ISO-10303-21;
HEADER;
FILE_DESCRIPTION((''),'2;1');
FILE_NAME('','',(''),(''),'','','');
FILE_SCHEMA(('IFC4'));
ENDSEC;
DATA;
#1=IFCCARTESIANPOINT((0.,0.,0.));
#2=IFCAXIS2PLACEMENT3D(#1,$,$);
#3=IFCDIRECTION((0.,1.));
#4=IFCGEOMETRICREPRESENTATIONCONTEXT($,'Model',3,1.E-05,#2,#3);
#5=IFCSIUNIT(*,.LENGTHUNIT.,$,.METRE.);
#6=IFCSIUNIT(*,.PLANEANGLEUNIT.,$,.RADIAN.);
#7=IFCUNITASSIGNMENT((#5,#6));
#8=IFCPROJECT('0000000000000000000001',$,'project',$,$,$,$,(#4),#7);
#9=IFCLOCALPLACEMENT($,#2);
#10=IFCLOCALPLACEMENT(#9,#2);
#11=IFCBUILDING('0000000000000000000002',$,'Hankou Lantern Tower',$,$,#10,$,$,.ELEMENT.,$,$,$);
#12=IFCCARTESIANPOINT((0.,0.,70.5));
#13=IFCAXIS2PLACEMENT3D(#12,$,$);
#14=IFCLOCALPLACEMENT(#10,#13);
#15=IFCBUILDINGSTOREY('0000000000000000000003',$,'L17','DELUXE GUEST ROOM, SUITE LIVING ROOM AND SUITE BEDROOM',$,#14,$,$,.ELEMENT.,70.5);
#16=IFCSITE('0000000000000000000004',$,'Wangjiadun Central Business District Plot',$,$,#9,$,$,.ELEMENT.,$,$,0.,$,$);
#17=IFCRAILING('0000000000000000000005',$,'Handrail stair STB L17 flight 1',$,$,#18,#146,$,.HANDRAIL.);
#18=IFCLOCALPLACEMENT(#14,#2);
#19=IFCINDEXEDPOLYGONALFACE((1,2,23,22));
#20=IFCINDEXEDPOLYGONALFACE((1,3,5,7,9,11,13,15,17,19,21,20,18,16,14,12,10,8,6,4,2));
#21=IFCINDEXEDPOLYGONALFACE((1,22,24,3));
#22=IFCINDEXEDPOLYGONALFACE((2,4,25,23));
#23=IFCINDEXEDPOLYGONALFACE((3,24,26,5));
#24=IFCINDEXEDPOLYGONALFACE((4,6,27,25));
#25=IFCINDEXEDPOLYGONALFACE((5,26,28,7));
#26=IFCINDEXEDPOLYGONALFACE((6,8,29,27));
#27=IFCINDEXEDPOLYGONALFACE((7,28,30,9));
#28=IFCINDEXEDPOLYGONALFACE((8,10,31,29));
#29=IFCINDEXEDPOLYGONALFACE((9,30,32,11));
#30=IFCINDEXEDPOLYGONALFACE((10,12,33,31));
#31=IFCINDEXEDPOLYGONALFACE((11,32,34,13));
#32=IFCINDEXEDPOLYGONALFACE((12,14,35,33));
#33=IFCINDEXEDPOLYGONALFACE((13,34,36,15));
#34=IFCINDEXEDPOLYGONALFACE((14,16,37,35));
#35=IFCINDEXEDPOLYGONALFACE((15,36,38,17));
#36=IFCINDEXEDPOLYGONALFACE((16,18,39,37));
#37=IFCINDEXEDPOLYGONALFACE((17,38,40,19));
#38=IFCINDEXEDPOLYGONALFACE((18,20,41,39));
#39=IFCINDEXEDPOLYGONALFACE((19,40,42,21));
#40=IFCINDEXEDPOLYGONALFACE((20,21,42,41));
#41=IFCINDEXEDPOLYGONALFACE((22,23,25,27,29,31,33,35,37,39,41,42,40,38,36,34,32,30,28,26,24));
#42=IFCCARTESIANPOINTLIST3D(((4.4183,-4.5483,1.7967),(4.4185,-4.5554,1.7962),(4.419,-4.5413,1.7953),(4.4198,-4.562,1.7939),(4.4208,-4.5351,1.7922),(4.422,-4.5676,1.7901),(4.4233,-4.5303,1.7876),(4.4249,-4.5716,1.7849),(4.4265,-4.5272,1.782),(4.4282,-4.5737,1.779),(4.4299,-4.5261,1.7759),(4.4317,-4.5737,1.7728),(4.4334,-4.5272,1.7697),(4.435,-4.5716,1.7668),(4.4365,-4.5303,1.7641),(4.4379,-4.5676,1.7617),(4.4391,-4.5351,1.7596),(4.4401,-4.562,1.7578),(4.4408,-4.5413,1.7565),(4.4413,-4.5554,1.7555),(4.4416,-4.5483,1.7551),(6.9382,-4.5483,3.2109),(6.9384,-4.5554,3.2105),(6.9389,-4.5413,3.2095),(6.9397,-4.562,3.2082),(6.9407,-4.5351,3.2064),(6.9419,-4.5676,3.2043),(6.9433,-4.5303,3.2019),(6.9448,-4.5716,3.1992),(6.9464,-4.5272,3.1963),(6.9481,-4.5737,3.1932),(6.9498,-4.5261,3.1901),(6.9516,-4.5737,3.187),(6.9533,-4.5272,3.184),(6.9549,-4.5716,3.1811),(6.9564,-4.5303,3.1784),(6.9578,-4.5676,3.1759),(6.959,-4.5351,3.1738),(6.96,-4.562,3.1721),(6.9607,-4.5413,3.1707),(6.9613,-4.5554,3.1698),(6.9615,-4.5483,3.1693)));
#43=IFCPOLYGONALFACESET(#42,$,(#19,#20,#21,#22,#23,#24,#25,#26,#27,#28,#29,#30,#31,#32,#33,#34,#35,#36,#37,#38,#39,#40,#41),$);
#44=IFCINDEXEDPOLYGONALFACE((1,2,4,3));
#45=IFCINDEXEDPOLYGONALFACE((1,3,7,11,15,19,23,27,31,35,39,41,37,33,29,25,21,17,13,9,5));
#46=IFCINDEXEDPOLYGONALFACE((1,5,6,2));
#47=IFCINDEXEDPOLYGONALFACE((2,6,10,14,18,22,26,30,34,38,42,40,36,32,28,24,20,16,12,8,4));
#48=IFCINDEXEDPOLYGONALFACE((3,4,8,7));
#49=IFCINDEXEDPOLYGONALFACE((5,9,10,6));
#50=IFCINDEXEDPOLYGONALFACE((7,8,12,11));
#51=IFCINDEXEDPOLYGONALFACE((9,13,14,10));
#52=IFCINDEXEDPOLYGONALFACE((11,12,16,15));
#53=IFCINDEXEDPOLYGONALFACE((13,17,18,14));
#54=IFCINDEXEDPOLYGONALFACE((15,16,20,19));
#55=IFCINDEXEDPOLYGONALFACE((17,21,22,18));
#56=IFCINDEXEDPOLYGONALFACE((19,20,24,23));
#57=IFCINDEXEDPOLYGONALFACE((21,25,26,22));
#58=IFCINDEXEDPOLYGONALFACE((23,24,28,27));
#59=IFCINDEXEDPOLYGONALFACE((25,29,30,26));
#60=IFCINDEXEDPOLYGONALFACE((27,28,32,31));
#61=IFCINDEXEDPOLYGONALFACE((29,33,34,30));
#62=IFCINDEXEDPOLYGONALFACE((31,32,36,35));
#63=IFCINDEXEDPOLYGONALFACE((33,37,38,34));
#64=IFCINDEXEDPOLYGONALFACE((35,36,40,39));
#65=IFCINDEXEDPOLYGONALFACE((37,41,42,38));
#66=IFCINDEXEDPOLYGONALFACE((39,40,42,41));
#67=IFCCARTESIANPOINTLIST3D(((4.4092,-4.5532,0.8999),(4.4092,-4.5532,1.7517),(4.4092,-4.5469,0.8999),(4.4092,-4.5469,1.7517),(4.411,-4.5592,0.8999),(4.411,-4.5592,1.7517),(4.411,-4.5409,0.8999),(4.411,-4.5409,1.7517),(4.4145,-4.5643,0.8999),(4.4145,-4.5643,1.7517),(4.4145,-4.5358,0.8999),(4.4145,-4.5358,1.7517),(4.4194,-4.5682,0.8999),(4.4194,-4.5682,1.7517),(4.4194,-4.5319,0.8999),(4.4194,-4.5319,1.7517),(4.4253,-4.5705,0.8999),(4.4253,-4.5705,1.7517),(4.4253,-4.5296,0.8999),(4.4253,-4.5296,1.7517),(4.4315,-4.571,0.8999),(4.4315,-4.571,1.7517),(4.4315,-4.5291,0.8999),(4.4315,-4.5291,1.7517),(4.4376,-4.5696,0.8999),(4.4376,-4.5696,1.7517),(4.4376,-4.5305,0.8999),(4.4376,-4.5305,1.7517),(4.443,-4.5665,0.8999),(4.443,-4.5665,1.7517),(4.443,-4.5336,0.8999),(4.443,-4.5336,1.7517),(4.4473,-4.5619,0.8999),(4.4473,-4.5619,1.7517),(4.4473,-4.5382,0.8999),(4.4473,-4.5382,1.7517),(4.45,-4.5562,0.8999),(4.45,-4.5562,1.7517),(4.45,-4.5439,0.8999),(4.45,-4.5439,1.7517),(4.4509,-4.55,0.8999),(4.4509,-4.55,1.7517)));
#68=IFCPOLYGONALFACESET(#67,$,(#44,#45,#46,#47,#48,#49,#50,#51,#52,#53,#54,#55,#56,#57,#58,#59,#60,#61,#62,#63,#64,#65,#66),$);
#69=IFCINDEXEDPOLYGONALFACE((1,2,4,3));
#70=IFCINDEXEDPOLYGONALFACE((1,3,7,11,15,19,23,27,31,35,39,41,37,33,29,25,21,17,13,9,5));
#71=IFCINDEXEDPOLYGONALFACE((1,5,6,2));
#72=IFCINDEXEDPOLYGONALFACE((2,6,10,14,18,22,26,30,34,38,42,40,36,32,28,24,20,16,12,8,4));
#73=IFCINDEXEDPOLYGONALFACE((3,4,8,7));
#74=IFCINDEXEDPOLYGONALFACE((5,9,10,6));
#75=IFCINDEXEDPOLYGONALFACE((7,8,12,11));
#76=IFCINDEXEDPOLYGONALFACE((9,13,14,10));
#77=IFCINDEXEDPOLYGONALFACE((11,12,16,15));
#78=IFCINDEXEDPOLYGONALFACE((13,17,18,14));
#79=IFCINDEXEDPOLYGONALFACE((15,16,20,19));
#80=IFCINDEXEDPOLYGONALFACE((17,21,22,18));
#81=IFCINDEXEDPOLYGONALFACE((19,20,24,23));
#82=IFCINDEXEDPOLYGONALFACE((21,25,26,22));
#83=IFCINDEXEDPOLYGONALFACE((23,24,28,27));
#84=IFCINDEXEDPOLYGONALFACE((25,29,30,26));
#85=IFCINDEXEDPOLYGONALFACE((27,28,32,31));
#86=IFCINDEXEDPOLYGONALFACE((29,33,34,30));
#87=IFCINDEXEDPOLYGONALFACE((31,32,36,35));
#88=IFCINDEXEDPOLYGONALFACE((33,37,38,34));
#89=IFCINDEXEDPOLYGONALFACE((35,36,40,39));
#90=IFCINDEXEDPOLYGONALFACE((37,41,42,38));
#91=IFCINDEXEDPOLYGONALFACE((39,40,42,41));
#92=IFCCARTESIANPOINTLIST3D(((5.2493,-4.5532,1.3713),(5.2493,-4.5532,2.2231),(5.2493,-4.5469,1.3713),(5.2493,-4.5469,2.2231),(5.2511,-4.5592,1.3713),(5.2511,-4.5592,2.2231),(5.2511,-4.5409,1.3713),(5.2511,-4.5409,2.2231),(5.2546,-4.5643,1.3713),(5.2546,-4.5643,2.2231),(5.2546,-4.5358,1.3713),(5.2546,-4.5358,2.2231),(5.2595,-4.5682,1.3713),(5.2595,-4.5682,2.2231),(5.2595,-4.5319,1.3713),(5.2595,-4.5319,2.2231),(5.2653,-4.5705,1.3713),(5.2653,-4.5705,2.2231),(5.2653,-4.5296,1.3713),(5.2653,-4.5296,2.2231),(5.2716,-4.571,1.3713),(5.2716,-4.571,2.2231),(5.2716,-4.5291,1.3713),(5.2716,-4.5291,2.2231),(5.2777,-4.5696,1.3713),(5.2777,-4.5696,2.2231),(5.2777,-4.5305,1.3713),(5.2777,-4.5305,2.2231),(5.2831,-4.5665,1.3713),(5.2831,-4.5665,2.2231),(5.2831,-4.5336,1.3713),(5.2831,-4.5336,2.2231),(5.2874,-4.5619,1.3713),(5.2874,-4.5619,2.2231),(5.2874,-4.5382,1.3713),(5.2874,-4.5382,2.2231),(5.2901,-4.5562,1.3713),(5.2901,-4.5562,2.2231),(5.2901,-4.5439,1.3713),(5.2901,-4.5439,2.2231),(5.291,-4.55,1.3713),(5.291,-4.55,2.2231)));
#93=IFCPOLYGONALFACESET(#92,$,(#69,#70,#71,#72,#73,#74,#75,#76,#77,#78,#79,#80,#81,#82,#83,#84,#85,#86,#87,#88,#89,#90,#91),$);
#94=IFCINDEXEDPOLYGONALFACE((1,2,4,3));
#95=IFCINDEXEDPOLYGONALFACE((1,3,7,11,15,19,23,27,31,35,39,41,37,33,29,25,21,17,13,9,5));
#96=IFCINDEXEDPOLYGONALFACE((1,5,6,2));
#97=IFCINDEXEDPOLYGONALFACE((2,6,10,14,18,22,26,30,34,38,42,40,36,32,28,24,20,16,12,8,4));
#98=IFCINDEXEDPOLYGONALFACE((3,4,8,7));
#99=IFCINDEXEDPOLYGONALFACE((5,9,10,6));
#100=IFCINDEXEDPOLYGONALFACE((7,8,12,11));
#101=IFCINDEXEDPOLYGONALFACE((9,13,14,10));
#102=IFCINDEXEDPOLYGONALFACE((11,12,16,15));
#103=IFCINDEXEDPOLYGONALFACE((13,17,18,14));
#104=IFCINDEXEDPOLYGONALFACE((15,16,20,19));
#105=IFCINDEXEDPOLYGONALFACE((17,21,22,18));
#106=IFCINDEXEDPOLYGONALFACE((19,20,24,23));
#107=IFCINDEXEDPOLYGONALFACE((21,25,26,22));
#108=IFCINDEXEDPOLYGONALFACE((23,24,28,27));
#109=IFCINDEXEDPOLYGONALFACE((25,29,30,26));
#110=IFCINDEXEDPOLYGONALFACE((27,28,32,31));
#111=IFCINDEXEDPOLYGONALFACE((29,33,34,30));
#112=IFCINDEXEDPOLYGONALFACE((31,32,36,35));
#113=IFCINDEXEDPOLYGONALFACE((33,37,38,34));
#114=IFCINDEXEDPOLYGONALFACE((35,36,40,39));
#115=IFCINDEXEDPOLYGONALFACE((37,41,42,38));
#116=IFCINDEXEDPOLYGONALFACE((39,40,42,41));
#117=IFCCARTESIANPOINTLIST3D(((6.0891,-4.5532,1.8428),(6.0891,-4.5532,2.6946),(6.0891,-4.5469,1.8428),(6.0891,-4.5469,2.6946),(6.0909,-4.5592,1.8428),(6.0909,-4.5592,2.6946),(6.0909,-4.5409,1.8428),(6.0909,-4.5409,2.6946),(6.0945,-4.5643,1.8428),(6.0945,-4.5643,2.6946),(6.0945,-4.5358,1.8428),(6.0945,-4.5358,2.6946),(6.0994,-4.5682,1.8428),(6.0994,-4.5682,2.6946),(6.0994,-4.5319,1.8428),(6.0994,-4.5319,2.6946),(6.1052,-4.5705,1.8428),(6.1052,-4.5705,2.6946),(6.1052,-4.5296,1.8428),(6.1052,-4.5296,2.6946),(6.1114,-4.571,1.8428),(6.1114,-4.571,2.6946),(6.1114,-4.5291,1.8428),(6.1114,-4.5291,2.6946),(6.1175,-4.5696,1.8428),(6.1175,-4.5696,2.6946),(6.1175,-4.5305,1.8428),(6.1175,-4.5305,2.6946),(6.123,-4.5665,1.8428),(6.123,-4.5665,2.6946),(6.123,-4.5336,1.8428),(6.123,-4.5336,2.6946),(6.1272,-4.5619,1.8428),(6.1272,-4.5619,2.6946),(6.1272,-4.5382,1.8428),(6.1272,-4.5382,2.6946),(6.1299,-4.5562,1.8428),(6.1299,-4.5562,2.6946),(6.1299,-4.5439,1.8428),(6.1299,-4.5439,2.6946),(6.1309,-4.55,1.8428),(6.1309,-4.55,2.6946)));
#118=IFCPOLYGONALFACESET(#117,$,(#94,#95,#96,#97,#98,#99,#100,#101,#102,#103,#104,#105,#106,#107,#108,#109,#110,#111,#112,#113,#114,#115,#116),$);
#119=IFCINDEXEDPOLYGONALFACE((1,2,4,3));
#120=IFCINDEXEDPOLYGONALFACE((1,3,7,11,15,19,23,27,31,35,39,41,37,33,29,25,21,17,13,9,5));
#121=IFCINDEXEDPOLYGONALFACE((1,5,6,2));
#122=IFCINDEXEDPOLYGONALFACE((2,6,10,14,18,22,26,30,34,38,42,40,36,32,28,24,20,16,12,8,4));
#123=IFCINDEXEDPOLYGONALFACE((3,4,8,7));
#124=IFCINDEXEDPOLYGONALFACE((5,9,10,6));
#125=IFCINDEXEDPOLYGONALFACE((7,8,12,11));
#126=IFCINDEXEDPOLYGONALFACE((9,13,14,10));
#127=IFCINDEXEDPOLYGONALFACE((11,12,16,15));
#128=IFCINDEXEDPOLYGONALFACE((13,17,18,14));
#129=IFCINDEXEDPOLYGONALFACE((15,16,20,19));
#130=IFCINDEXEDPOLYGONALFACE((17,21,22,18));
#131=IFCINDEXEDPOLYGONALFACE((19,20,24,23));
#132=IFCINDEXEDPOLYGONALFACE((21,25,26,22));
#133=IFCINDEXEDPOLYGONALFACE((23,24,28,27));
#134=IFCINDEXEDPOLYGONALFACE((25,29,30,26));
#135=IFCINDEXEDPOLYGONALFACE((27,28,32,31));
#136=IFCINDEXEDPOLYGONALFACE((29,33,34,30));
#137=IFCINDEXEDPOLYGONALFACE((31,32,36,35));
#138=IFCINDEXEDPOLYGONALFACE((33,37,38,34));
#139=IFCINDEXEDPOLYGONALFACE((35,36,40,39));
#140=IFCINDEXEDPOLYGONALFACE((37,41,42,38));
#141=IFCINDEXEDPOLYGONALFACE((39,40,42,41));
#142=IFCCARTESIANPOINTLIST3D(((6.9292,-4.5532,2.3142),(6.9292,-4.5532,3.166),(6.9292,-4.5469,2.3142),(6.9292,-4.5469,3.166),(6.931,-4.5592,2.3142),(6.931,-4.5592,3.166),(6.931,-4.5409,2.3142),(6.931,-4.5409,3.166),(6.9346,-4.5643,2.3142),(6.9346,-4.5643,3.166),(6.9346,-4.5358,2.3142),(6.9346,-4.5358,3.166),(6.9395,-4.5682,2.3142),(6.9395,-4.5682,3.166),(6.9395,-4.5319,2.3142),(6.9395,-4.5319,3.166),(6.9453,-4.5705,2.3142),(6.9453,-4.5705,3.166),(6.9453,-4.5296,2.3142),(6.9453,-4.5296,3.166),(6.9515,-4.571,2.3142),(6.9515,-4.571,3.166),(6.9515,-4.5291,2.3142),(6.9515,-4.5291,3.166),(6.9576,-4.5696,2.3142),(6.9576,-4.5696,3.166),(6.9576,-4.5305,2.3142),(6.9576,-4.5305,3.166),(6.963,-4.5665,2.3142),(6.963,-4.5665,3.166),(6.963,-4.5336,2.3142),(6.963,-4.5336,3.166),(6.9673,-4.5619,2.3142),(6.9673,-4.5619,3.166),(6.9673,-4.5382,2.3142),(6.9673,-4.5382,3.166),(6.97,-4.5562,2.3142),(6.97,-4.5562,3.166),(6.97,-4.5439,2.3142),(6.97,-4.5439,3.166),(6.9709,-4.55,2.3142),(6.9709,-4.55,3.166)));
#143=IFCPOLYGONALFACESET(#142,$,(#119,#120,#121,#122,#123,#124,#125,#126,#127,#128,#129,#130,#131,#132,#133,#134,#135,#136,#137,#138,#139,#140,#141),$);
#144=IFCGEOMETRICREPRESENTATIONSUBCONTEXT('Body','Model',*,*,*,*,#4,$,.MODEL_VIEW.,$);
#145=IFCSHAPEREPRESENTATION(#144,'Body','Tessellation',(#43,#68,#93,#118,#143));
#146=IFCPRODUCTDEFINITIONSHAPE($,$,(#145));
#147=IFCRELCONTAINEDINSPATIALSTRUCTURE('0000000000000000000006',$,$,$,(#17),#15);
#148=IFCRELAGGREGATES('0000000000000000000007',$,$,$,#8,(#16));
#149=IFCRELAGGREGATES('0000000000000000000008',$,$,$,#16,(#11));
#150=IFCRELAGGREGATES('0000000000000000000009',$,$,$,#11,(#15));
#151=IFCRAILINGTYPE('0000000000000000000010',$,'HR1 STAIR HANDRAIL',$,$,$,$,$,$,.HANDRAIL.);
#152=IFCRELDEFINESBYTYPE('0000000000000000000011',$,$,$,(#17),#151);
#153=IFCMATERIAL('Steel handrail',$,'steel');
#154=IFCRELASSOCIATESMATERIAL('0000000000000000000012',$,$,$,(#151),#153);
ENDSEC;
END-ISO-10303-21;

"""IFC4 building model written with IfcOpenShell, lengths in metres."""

from ifc_helpers import new_model, si_unit, direction, frame, origin, origin_2d, place, context, subcontext, project, spatial, circle, extrude, material, type_object, element, save


model = new_model("IFC4")

# Units and contexts
model_context = context("Model", 3, precision=1e-05, world=origin(), true_north=direction((0.0, 1.0)))
body_context = subcontext(model_context, "Body", "Model", "MODEL_VIEW")
ifc_project = project(units=[si_unit("LENGTHUNIT", "METRE"), si_unit("PLANEANGLEUNIT", "RADIAN")], contexts=[model_context])

# Site, building, storey
site_placement = place(None, origin())
site = spatial("IfcSite", under=ifc_project, at=site_placement, Name="Wangjiadun Central Business District Plot", CompositionType="ELEMENT", RefElevation=0.0)
building_placement = place(site_placement, origin())
building = spatial("IfcBuilding", under=site, at=building_placement, Name="Hankou Lantern Tower", CompositionType="ELEMENT")
storey_placement = place(building_placement, frame((0.0, 0.0, 70.5)))
storey = spatial("IfcBuildingStorey", under=building, at=storey_placement, Name="L17", Description="DELUXE GUEST ROOM, SUITE LIVING ROOM AND SUITE BEDROOM", CompositionType="ELEMENT", Elevation=70.5)

# Railing
ifc_material_1 = material(Name="Steel handrail", Category="steel")
railing_type = type_object("IfcRailingType", Name="HR1 STAIR HANDRAIL", PredefinedType="HANDRAIL", material=ifc_material_1)
railing_placement = place(storey_placement, frame((4.4299, -4.55, 0.8999)))
element("IfcRailing", 1, at=railing_placement, inside=storey, type_object=railing_type, Name="Handrail stair STB L17 flight 1", PredefinedType="HANDRAIL", context=body_context, shape_type="SweptSolid", body=[
    extrude(circle(Radius=0.0239, at=origin_2d()), frame((0.0, 0.0, 0.876), z_axis=(0.872049, 0.0, 0.489419), x_axis=(0.0, 1.0, 0.0)), (0.0, 0.0, 1.0), 2.8896),
    extrude(circle(Radius=0.021, at=origin_2d()), origin(), (0.0, 0.0, 1.0), 0.8518),
    extrude(circle(Radius=0.021, at=origin_2d()), frame((0.8401, 0.0, 0.4714)), (0.0, 0.0, 1.0), 0.8518),
    extrude(circle(Radius=0.021, at=origin_2d()), frame((1.6799, 0.0, 0.9429)), (0.0, 0.0, 1.0), 0.8518),
    extrude(circle(Radius=0.021, at=origin_2d()), frame((2.52, 0.0, 1.4143)), (0.0, 0.0, 1.0), 0.8518),
])

save(model, "model.ifc")
